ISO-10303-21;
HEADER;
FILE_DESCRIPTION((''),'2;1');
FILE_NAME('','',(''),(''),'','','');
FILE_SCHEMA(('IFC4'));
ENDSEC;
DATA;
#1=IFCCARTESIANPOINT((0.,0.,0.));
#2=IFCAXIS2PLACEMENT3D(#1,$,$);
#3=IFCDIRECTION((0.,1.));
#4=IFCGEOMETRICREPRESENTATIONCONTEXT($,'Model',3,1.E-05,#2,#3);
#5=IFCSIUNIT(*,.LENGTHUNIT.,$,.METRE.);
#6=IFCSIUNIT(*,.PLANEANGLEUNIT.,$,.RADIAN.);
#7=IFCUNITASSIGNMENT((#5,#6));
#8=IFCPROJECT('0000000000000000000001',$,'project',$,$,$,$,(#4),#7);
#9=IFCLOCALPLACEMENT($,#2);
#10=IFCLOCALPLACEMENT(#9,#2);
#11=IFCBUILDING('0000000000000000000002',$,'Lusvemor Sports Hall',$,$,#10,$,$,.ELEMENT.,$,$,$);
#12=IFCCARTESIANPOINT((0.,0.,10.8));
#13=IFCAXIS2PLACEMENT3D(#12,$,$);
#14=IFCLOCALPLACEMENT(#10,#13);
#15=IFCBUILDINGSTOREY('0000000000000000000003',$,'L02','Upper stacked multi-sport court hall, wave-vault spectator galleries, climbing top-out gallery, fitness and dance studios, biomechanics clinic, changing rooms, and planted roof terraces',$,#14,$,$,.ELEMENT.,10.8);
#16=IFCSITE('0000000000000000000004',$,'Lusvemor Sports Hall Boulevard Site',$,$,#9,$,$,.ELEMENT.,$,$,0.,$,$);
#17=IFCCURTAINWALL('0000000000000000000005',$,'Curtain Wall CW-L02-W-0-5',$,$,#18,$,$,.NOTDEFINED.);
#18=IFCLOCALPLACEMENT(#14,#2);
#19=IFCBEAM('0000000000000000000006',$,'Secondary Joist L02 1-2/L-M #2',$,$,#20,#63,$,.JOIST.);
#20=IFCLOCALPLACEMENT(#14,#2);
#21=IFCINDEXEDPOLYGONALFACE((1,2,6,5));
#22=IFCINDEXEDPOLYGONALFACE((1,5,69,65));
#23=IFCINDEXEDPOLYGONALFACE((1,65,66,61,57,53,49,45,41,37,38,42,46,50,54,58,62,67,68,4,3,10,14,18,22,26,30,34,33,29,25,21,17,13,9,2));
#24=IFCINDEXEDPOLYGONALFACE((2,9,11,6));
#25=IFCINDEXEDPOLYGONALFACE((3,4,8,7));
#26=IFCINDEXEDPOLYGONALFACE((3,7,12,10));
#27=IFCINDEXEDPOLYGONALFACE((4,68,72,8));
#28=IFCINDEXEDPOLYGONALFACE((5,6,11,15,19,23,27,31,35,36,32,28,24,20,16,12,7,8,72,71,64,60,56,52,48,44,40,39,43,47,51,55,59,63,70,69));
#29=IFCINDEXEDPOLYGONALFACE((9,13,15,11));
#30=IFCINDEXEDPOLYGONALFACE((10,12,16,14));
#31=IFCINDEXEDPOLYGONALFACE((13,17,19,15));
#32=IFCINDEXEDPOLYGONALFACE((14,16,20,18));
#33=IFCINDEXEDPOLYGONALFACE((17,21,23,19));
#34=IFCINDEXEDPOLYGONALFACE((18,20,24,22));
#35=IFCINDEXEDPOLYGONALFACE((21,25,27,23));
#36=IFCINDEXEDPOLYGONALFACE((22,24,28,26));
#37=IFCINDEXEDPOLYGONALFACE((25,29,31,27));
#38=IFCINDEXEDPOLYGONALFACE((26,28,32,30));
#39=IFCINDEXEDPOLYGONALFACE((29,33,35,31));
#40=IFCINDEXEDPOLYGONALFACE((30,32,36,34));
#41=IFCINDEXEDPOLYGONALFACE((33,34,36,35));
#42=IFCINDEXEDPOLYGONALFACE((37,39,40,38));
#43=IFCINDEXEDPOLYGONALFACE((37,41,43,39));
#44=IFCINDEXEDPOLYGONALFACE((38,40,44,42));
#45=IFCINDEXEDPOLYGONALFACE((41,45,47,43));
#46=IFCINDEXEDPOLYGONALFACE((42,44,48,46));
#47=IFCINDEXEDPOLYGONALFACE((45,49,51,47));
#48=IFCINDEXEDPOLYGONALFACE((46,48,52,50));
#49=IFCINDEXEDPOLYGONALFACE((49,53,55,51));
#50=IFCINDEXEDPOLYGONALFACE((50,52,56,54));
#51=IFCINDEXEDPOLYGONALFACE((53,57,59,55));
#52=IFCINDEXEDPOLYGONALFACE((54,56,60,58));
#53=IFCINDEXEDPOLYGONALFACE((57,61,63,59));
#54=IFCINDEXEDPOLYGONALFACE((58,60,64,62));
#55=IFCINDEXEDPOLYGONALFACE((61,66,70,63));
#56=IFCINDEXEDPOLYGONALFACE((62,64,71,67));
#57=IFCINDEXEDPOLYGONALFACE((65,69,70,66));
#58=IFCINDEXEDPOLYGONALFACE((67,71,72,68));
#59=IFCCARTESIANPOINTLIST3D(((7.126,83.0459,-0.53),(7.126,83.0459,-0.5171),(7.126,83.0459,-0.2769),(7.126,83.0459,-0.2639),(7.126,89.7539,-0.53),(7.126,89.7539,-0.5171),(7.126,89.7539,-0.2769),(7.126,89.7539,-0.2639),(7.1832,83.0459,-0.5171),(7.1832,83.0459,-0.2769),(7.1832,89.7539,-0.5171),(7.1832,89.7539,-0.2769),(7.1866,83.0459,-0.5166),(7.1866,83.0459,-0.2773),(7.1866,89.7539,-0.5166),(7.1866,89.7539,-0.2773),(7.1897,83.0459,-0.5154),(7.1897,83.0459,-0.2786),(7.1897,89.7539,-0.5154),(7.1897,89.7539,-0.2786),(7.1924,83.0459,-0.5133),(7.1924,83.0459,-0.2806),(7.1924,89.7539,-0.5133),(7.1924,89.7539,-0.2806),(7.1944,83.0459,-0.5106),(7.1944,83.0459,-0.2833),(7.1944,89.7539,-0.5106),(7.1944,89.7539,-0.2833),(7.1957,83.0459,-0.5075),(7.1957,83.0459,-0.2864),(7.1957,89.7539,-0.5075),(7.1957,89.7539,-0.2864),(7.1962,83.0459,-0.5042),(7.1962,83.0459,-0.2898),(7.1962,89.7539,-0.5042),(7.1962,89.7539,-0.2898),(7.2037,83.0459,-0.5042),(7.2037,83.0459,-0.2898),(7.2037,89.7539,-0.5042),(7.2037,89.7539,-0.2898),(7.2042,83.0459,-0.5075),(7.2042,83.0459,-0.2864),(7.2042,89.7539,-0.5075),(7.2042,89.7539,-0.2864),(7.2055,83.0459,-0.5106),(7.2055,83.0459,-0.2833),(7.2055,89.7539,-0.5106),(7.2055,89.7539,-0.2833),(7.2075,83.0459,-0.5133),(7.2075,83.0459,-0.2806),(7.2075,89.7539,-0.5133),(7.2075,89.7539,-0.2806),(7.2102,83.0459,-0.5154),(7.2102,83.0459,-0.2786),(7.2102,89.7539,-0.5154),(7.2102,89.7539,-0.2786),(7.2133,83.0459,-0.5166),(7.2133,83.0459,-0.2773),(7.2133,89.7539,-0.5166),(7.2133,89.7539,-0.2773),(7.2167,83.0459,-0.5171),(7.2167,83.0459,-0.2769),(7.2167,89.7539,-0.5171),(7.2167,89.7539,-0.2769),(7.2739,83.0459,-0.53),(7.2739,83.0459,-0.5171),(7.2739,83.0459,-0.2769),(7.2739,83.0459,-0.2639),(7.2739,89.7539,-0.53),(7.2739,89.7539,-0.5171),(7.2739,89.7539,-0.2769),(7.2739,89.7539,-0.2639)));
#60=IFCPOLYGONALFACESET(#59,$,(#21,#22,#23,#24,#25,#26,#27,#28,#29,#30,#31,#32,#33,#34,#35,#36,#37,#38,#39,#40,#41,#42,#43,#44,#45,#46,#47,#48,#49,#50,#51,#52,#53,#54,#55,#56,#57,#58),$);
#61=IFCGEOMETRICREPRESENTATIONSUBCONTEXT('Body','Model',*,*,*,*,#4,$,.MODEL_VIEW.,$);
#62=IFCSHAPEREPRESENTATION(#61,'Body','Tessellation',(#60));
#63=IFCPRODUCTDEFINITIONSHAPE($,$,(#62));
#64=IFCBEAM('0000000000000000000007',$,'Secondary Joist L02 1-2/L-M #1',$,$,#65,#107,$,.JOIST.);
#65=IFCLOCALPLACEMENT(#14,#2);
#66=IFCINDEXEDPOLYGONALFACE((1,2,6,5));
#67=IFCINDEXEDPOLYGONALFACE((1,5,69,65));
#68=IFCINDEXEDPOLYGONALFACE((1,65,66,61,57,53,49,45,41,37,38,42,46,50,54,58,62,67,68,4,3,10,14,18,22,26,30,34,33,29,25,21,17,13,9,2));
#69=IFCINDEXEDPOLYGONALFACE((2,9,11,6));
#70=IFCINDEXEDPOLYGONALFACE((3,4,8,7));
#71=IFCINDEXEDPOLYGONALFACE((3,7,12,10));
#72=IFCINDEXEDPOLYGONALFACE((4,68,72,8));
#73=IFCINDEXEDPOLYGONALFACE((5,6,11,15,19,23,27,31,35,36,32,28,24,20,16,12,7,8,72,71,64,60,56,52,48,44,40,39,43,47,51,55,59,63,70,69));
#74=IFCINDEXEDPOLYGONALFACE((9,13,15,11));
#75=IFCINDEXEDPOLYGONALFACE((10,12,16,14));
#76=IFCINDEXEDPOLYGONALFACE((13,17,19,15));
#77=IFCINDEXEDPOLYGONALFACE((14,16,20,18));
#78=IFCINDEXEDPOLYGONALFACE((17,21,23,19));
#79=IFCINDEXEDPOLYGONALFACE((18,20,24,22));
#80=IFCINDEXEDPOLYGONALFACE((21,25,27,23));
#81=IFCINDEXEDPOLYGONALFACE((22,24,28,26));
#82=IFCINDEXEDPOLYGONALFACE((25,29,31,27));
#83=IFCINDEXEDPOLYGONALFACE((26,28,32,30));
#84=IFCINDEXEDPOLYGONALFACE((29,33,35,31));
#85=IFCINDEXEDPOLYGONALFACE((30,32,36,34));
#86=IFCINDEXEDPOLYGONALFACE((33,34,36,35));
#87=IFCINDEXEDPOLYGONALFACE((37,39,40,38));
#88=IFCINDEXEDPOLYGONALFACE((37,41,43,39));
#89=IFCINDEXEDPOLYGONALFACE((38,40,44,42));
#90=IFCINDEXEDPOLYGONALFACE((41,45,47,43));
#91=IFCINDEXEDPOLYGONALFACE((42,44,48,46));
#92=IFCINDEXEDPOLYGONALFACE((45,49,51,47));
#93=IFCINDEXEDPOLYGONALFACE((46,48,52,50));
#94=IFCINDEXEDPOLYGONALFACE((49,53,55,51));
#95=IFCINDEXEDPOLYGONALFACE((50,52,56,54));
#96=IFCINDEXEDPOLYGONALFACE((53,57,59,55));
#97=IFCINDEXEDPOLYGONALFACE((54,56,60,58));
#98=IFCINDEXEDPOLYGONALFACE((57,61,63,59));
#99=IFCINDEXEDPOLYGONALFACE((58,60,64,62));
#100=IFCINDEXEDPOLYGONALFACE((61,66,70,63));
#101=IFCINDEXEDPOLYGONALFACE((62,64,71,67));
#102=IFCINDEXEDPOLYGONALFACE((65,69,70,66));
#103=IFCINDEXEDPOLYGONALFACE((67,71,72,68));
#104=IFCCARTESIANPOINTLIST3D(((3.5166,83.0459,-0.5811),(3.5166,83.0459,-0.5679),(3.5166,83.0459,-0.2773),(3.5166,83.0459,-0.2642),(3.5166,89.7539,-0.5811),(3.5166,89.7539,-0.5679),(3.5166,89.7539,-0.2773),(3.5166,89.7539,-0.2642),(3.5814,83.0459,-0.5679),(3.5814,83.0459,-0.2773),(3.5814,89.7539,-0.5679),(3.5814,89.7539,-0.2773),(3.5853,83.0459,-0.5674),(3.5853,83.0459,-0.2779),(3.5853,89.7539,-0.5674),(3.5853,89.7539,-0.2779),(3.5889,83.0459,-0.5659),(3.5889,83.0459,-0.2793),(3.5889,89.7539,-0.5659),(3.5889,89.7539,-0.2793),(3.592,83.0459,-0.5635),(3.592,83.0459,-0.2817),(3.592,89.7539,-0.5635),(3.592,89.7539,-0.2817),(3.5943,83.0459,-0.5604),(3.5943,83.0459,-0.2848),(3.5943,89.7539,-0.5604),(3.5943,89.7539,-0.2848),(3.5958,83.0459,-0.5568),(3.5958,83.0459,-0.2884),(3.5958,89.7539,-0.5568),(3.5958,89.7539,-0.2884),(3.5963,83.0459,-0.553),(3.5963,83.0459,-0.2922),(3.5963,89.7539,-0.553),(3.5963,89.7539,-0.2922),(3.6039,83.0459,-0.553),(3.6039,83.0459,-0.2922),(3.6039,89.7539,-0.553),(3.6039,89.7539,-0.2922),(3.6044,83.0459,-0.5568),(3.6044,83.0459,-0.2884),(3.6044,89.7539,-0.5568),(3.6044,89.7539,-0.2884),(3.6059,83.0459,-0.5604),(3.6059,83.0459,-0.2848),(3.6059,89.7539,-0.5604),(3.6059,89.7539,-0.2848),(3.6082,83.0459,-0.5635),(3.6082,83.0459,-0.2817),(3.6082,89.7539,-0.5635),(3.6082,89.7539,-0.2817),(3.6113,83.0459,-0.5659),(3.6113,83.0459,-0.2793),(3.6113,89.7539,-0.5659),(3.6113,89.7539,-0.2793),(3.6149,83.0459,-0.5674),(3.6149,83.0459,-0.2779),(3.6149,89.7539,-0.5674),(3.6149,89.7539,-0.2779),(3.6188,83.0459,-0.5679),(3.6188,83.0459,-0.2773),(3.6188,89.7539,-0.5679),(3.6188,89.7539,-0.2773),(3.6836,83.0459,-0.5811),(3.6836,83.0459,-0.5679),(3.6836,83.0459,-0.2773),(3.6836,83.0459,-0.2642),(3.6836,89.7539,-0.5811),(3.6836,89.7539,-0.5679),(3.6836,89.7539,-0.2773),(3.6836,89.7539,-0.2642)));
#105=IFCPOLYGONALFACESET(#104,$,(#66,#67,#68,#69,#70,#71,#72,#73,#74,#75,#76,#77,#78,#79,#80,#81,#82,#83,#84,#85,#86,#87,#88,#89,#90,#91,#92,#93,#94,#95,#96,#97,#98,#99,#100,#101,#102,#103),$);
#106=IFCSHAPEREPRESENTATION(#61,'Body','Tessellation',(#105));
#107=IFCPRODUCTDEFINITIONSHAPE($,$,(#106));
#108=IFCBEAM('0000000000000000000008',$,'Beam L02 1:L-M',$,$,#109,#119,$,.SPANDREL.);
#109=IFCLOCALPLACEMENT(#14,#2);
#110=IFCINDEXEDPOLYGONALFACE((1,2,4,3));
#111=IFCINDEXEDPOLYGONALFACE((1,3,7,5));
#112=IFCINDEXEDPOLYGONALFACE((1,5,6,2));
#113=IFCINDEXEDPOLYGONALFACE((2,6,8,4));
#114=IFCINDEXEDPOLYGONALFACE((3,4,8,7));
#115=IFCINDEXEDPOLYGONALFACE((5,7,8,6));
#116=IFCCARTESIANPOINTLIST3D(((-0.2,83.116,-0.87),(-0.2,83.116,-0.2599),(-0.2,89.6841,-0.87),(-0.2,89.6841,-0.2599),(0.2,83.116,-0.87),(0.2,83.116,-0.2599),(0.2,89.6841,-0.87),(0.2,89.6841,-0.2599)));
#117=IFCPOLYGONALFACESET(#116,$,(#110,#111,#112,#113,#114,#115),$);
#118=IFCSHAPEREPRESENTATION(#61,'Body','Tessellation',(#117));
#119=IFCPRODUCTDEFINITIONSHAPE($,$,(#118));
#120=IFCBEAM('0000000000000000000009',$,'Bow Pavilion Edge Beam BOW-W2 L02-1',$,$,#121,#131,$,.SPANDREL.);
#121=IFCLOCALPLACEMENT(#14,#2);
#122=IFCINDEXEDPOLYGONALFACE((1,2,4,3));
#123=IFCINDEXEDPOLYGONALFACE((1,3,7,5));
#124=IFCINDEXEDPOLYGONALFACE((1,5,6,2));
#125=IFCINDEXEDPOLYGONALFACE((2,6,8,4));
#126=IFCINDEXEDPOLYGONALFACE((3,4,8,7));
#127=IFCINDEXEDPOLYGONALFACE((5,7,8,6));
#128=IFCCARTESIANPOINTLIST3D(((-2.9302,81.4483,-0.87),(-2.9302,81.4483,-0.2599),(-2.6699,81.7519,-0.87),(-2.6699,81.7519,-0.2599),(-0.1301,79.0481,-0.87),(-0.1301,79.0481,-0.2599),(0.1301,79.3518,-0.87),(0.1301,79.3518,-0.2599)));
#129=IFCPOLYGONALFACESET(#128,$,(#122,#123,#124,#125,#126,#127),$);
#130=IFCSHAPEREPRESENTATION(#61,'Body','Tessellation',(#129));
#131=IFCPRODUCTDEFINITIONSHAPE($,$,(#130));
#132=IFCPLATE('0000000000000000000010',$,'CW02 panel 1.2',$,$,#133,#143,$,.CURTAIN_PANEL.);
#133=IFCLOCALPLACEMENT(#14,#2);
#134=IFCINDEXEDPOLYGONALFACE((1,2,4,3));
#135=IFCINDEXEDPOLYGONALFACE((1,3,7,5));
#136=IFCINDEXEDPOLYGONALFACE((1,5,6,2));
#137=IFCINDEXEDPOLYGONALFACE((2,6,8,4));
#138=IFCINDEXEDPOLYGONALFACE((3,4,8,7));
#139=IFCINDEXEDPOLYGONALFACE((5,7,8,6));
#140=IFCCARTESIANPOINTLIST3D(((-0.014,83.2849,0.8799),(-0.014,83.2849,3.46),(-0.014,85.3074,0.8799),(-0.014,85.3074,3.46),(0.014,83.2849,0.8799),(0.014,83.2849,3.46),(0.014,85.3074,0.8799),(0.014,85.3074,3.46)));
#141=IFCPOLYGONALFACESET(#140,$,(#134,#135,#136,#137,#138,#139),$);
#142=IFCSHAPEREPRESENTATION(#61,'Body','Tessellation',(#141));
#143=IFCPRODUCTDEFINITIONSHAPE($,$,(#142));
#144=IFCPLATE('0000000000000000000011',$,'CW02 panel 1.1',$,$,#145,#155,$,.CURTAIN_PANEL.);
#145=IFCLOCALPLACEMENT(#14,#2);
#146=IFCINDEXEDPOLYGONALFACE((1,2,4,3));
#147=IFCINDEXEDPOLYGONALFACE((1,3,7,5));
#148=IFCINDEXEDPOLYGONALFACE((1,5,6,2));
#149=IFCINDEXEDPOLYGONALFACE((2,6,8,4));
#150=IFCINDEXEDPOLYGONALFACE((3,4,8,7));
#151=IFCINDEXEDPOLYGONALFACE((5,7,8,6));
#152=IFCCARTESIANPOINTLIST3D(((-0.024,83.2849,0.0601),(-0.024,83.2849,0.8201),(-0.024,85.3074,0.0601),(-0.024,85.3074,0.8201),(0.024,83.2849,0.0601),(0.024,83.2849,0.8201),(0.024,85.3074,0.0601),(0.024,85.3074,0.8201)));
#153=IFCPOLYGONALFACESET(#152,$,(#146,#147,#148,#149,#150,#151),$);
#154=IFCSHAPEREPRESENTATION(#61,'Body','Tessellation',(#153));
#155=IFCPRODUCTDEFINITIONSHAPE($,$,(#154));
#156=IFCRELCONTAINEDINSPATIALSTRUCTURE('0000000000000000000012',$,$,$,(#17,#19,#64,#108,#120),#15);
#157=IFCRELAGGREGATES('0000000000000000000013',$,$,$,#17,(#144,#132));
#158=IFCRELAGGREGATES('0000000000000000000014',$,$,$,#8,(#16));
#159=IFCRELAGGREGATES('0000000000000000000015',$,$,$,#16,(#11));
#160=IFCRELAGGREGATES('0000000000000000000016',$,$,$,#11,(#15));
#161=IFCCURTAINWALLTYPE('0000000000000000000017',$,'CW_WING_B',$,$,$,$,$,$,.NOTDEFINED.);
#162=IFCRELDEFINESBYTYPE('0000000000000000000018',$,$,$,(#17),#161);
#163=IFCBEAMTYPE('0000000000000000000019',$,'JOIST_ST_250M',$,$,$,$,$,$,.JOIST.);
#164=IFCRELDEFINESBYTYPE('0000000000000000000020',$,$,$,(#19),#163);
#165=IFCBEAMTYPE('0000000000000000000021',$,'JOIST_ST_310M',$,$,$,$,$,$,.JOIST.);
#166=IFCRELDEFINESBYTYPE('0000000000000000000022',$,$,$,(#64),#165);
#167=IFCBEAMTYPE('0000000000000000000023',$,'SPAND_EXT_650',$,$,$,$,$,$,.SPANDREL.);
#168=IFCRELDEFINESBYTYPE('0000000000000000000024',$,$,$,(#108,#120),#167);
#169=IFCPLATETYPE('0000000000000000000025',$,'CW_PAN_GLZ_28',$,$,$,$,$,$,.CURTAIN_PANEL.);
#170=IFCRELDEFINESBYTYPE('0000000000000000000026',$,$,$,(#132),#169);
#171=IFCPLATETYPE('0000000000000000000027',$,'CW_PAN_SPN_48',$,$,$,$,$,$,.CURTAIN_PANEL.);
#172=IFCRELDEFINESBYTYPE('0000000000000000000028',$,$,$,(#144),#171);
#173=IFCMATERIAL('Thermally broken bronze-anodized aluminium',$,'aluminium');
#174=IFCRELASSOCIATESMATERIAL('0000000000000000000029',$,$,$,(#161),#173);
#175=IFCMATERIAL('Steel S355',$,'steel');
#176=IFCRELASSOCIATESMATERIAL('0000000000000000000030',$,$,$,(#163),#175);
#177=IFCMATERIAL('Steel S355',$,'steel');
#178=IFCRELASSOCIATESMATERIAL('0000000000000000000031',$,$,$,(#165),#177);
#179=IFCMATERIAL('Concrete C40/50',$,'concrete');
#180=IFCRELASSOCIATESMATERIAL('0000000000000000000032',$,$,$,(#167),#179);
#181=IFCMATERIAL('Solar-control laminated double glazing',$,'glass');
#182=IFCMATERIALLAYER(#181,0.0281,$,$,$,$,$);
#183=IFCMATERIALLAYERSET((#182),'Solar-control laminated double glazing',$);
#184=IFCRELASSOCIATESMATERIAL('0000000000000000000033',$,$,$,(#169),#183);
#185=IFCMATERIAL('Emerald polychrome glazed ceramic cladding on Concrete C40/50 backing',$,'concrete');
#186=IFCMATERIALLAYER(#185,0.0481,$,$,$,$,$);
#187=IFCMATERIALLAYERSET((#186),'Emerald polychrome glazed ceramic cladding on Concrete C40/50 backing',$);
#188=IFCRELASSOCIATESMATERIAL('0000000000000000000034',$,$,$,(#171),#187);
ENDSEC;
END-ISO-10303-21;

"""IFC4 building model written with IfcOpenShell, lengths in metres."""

from ifc_helpers import new_model, si_unit, direction, frame, origin, origin_2d, place, context, subcontext, project, spatial, rectangle, i_section, extrude, material, layer, layer_set, material_profile, profile_set, type_object, element, aggregate, save


model = new_model("IFC4")

# Units and contexts
model_context = context("Model", 3, precision=1e-05, world=origin(), true_north=direction((0.0, 1.0)))
body_context = subcontext(model_context, "Body", "Model", "MODEL_VIEW")
ifc_project = project(units=[si_unit("LENGTHUNIT", "METRE"), si_unit("PLANEANGLEUNIT", "RADIAN")], contexts=[model_context])

# Site, building, storey
site_placement = place(None, origin())
site = spatial("IfcSite", under=ifc_project, at=site_placement, Name="Lusvemor Sports Hall Boulevard Site", CompositionType="ELEMENT", RefElevation=0.0)
building_placement = place(site_placement, origin())
building = spatial("IfcBuilding", under=site, at=building_placement, Name="Lusvemor Sports Hall", CompositionType="ELEMENT")
storey_placement = place(building_placement, frame((0.0, 0.0, 10.8)))
storey = spatial("IfcBuildingStorey", under=building, at=storey_placement, Name="L02", Description="Upper stacked multi-sport court hall, wave-vault spectator galleries, climbing top-out gallery, fitness and dance studios, biomechanics clinic, changing rooms, and planted roof terraces", CompositionType="ELEMENT", Elevation=10.8)

# Curtain wall
ifc_material_1 = material(Name="Thermally broken bronze-anodized aluminium", Category="aluminium")
curtain_wall_type = type_object("IfcCurtainWallType", Name="CW_WING_B", PredefinedType="NOTDEFINED", material=ifc_material_1)
curtain_wall_placement = place(storey_placement, origin())
curtain_wall = element("IfcCurtainWall", 1, at=curtain_wall_placement, inside=storey, type_object=curtain_wall_type, Name="Curtain Wall CW-L02-W-0-5", PredefinedType="NOTDEFINED")

# Beams
ifc_material_2 = material(Name="Steel S355", Category="steel")
ifc_material_profile_1 = material_profile(ifc_material_2, i_section(OverallWidth=0.1479, OverallDepth=0.2661, WebThickness=0.0076, FlangeThickness=0.0129, FilletRadius=0.0129, at=origin_2d()), Name="W250x44.8")
ifc_profile_set_1 = profile_set([ifc_material_profile_1], Name="Steel S355")
beam_type_1 = type_object("IfcBeamType", Name="JOIST_ST_250M", PredefinedType="JOIST", material=ifc_profile_set_1)
beam_1_placement = place(storey_placement, frame((7.2, 83.0459, -0.397), z_axis=(0.0, 1.0, 0.0), x_axis=(-1.0, 0.0, 0.0)))
element("IfcBeam", 2, at=beam_1_placement, inside=storey, type_object=beam_type_1, Name="Secondary Joist L02 1-2/L-M #2", PredefinedType="JOIST", context=body_context, shape_type="SweptSolid", body=[
    extrude(i_section(OverallWidth=0.1479, OverallDepth=0.2661, WebThickness=0.0076, FlangeThickness=0.0129, FilletRadius=0.0129, at=origin_2d()), origin(), (0.0, 0.0, 1.0), 6.708),
])
ifc_material_3 = material(Name="Steel S355", Category="steel")
ifc_material_profile_2 = material_profile(ifc_material_3, i_section(OverallWidth=0.167, OverallDepth=0.3169, WebThickness=0.0076, FlangeThickness=0.0132, FilletRadius=0.0149, at=origin_2d()), Name="W310x52.0")
ifc_profile_set_2 = profile_set([ifc_material_profile_2], Name="Steel S355")
beam_type_2 = type_object("IfcBeamType", Name="JOIST_ST_310M", PredefinedType="JOIST", material=ifc_profile_set_2)
beam_2_placement = place(storey_placement, frame((3.6001, 83.0459, -0.4226), z_axis=(0.0, 1.0, 0.0), x_axis=(-1.0, 0.0, 0.0)))
element("IfcBeam", 3, at=beam_2_placement, inside=storey, type_object=beam_type_2, Name="Secondary Joist L02 1-2/L-M #1", PredefinedType="JOIST", context=body_context, shape_type="SweptSolid", body=[
    extrude(i_section(OverallWidth=0.167, OverallDepth=0.3169, WebThickness=0.0076, FlangeThickness=0.0132, FilletRadius=0.0149, at=origin_2d()), origin(), (0.0, 0.0, 1.0), 6.708),
])
ifc_material_4 = material(Name="Concrete C40/50", Category="concrete")
ifc_material_profile_3 = material_profile(ifc_material_4, rectangle(XDim=0.3999, YDim=0.6101, at=origin_2d()), Name="RC400x610")
ifc_profile_set_3 = profile_set([ifc_material_profile_3], Name="Concrete C40/50")
beam_type_3 = type_object("IfcBeamType", Name="SPAND_EXT_650", PredefinedType="SPANDREL", material=ifc_profile_set_3)
beam_3_placement = place(storey_placement, frame((0.0, 83.116, -0.5649), z_axis=(0.0, 1.0, 0.0), x_axis=(-1.0, 0.0, 0.0)))
element("IfcBeam", 4, at=beam_3_placement, inside=storey, type_object=beam_type_3, Name="Beam L02 1:L-M", PredefinedType="SPANDREL", context=body_context, shape_type="SweptSolid", body=[
    extrude(rectangle(XDim=0.3999, YDim=0.6101, at=origin_2d()), origin(), (0.0, 0.0, 1.0), 6.5681),
])
beam_4_placement = place(storey_placement, frame((0.0, 79.2, -0.5649), z_axis=(-0.759243, 0.650808, 0.0), x_axis=(-0.650808, -0.759243, 0.0)))
element("IfcBeam", 5, at=beam_4_placement, inside=storey, type_object=beam_type_3, Name="Bow Pavilion Edge Beam BOW-W2 L02-1", PredefinedType="SPANDREL", context=body_context, shape_type="SweptSolid", body=[
    extrude(rectangle(XDim=0.3999, YDim=0.6101, at=origin_2d()), origin(), (0.0, 0.0, 1.0), 3.688),
])

# Plates
ifc_material_5 = material(Name="Solar-control laminated double glazing", Category="glass")
ifc_layer_1 = layer(ifc_material_5, 0.0281)
ifc_layer_set_1 = layer_set([ifc_layer_1], Name="Solar-control laminated double glazing")
plate_type_1 = type_object("IfcPlateType", Name="CW_PAN_GLZ_28", PredefinedType="CURTAIN_PANEL", material=ifc_layer_set_1)
plate_1_placement = place(storey_placement, frame((0.0, 84.2961, 0.8799), z_axis=(0.0, 0.0, 1.0), x_axis=(0.0, 1.0, 0.0)))
plate_1 = element("IfcPlate", 6, at=plate_1_placement, type_object=plate_type_1, Name="CW02 panel 1.2", PredefinedType="CURTAIN_PANEL", context=body_context, shape_type="SweptSolid", body=[
    extrude(rectangle(XDim=2.0225, YDim=0.0281, at=origin_2d()), origin(), (0.0, 0.0, 1.0), 2.5801),
])
ifc_material_6 = material(Name="Emerald polychrome glazed ceramic cladding on Concrete C40/50 backing", Category="concrete")
ifc_layer_2 = layer(ifc_material_6, 0.0481)
ifc_layer_set_2 = layer_set([ifc_layer_2], Name="Emerald polychrome glazed ceramic cladding on Concrete C40/50 backing")
plate_type_2 = type_object("IfcPlateType", Name="CW_PAN_SPN_48", PredefinedType="CURTAIN_PANEL", material=ifc_layer_set_2)
plate_2_placement = place(storey_placement, frame((0.0, 84.2961, 0.0601), z_axis=(0.0, 0.0, 1.0), x_axis=(0.0, 1.0, 0.0)))
plate_2 = element("IfcPlate", 7, at=plate_2_placement, type_object=plate_type_2, Name="CW02 panel 1.1", PredefinedType="CURTAIN_PANEL", context=body_context, shape_type="SweptSolid", body=[
    extrude(rectangle(XDim=2.0225, YDim=0.0481, at=origin_2d()), origin(), (0.0, 0.0, 1.0), 0.76),
])
aggregate(curtain_wall, [plate_2, plate_1])

save(model, "model.ifc")
